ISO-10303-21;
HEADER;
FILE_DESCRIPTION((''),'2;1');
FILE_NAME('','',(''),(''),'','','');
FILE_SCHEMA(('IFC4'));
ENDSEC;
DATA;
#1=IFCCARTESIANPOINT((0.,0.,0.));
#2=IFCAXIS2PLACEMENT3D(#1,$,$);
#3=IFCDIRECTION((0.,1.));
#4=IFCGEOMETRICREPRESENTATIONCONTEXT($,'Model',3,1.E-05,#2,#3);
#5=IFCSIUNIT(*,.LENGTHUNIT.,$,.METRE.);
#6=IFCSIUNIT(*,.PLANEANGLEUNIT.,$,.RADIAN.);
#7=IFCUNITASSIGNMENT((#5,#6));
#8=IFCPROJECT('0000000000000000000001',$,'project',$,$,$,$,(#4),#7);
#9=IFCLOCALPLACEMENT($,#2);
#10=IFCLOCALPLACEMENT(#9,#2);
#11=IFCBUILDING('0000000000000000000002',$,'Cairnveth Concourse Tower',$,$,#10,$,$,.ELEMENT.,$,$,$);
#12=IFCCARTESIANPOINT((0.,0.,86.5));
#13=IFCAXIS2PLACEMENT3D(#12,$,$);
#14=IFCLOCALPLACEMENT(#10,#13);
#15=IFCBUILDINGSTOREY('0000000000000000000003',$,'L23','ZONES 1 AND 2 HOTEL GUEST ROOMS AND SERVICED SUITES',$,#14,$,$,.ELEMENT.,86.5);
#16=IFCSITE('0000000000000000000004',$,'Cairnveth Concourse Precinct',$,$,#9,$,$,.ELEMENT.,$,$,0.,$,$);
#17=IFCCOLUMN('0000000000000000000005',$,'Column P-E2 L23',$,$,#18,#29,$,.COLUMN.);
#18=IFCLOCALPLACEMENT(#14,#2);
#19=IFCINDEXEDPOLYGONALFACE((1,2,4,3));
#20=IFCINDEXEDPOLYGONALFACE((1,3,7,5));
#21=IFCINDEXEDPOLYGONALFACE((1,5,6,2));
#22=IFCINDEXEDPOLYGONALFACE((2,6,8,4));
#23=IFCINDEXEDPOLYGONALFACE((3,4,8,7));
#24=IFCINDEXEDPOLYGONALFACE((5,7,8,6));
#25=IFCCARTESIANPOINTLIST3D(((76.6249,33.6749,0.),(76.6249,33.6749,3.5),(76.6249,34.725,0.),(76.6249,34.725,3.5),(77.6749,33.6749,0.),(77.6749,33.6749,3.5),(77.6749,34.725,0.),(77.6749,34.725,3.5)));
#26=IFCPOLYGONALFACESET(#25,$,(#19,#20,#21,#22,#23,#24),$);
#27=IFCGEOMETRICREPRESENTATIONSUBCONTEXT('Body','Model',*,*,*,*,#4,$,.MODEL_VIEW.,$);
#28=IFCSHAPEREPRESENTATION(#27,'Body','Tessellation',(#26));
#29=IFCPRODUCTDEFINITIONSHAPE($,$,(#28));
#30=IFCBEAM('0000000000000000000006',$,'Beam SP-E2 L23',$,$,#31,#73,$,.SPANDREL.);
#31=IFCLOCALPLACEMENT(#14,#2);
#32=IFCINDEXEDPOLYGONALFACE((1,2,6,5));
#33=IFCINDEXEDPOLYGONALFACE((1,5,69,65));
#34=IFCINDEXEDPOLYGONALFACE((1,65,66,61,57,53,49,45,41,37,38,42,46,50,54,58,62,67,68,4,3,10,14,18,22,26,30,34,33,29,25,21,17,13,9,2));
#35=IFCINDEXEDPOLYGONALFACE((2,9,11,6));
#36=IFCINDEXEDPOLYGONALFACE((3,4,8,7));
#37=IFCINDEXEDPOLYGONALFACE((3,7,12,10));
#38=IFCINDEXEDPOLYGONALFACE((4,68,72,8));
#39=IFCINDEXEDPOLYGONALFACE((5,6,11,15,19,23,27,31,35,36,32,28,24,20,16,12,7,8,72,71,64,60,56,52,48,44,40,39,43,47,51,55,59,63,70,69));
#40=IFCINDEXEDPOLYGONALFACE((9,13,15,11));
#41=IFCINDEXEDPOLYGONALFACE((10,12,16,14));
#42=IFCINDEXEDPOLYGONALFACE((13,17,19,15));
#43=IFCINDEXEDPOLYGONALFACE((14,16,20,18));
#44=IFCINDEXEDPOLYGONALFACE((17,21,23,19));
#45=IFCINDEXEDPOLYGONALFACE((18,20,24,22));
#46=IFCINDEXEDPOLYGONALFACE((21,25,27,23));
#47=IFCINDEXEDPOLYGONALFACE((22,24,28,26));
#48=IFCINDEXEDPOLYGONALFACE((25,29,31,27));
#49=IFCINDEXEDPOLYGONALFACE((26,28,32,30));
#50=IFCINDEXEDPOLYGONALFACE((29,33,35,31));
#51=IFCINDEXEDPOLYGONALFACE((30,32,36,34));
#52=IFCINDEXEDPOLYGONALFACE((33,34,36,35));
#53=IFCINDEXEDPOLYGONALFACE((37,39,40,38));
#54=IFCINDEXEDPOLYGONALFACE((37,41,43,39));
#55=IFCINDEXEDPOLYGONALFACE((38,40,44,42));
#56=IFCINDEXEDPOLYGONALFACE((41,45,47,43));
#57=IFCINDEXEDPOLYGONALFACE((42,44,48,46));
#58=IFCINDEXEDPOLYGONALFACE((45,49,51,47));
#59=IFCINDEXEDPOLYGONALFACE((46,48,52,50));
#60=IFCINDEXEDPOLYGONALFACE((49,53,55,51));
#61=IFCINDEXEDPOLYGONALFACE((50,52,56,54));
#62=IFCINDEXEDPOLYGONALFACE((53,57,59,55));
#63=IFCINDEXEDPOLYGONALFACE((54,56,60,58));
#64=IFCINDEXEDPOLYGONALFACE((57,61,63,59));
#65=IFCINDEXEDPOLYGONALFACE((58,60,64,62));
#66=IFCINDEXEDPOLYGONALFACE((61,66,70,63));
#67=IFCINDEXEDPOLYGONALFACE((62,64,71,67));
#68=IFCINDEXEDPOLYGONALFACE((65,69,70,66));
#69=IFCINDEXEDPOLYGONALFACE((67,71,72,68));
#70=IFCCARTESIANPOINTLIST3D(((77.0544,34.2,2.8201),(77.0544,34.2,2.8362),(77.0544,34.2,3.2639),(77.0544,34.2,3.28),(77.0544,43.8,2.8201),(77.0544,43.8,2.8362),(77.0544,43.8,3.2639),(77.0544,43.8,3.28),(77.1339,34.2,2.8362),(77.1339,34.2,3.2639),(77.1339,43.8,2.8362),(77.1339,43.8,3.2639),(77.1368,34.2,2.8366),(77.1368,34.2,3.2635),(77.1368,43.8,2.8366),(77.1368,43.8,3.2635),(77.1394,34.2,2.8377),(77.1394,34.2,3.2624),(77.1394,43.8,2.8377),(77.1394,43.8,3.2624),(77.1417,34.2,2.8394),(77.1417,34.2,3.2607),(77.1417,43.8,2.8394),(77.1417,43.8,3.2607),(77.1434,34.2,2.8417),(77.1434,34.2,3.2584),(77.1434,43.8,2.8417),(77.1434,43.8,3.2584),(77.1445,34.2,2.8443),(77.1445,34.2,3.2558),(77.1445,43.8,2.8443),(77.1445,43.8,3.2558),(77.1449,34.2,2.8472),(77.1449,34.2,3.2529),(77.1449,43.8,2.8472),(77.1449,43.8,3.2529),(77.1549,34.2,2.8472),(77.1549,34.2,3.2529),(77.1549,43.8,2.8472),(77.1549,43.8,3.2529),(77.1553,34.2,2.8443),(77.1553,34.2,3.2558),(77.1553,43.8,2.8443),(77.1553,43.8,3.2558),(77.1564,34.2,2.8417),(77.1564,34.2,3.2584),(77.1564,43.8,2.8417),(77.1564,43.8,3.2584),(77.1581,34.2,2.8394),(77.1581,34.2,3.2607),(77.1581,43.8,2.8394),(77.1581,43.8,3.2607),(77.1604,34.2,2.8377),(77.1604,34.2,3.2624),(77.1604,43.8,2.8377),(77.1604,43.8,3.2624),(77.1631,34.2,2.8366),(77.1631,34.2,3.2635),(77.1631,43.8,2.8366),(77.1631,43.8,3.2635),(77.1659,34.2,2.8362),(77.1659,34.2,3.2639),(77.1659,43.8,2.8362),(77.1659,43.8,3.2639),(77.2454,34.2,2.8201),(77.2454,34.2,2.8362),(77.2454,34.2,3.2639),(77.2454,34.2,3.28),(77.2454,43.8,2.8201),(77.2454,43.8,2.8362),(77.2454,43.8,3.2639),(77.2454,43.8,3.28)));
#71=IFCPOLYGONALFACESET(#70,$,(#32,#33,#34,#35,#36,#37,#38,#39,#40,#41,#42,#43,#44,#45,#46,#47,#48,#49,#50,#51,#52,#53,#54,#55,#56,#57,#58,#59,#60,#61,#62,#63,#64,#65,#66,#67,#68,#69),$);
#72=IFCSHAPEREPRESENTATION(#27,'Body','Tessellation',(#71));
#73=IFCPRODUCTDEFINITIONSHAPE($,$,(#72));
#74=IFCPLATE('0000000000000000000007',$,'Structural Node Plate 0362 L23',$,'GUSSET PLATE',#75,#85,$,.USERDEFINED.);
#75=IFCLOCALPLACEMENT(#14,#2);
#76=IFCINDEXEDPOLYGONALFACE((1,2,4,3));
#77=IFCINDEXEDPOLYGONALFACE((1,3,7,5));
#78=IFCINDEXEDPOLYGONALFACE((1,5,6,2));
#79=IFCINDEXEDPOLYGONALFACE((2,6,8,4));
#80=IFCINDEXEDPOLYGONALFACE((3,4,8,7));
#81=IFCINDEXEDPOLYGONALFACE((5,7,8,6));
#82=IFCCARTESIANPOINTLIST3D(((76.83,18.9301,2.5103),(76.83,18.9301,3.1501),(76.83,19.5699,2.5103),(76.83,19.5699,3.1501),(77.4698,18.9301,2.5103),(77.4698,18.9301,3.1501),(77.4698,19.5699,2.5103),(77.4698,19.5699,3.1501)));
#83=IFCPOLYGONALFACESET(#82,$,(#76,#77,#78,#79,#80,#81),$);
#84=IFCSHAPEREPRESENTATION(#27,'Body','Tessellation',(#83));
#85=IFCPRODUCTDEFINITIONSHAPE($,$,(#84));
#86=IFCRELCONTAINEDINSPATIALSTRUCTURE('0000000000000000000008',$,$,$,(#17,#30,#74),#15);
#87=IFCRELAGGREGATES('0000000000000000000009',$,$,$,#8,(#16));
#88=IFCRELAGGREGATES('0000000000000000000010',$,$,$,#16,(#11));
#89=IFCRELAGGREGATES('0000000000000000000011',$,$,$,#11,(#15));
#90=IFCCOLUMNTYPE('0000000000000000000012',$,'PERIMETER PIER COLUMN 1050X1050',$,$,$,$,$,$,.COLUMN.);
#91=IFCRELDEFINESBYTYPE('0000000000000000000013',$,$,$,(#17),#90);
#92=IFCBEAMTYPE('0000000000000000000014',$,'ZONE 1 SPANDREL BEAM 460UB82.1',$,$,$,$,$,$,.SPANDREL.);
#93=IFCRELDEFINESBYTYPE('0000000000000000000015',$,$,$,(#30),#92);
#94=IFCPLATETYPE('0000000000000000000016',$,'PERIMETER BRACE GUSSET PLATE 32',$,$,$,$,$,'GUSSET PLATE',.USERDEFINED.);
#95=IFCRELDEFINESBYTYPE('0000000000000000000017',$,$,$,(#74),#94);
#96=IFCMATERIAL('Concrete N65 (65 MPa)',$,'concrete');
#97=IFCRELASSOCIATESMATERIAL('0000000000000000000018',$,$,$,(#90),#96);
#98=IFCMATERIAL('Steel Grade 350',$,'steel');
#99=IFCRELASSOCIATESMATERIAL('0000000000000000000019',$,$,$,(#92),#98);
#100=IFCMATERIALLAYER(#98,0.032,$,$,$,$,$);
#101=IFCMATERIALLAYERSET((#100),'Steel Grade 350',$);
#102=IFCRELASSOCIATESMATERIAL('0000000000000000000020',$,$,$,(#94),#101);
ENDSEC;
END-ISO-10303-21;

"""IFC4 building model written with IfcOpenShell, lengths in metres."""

from ifc_helpers import new_model, si_unit, direction, frame, origin, origin_2d, place, context, subcontext, project, spatial, rectangle, i_section, extrude, material, layer, layer_set, material_profile, profile_set, type_object, element, save


model = new_model("IFC4")

# Units and contexts
model_context = context("Model", 3, precision=1e-05, world=origin(), true_north=direction((0.0, 1.0)))
body_context = subcontext(model_context, "Body", "Model", "MODEL_VIEW")
ifc_project = project(units=[si_unit("LENGTHUNIT", "METRE"), si_unit("PLANEANGLEUNIT", "RADIAN")], contexts=[model_context])

# Site, building, storey
site_placement = place(None, origin())
site = spatial("IfcSite", under=ifc_project, at=site_placement, Name="Cairnveth Concourse Precinct", CompositionType="ELEMENT", RefElevation=0.0)
building_placement = place(site_placement, origin())
building = spatial("IfcBuilding", under=site, at=building_placement, Name="Cairnveth Concourse Tower", CompositionType="ELEMENT")
storey_placement = place(building_placement, frame((0.0, 0.0, 86.5)))
storey = spatial("IfcBuildingStorey", under=building, at=storey_placement, Name="L23", Description="ZONES 1 AND 2 HOTEL GUEST ROOMS AND SERVICED SUITES", CompositionType="ELEMENT", Elevation=86.5)

# Column
ifc_material_1 = material(Name="Concrete N65 (65 MPa)", Category="concrete")
ifc_material_profile_1 = material_profile(ifc_material_1, rectangle(XDim=1.05, YDim=1.05, at=origin_2d()), Name="RC-COL-1050x1050")
ifc_profile_set_1 = profile_set([ifc_material_profile_1], Name="Concrete N65 (65 MPa)")
column_type = type_object("IfcColumnType", Name="PERIMETER PIER COLUMN 1050X1050", PredefinedType="COLUMN", material=ifc_profile_set_1)
column_placement = place(storey_placement, frame((77.1499, 34.2, 0.0), z_axis=(0.0, 0.0, 1.0), x_axis=(0.0, 1.0, 0.0)))
element("IfcColumn", 1, at=column_placement, inside=storey, type_object=column_type, Name="Column P-E2 L23", PredefinedType="COLUMN", context=body_context, shape_type="SweptSolid", body=[
    extrude(rectangle(XDim=1.05, YDim=1.05, at=origin_2d()), origin(), (0.0, 0.0, 1.0), 3.5),
])

# Beam
ifc_material_2 = material(Name="Steel Grade 350", Category="steel")
ifc_material_profile_2 = material_profile(ifc_material_2, i_section(OverallWidth=0.1909, OverallDepth=0.46, WebThickness=0.01, FlangeThickness=0.0161, FilletRadius=0.011, at=origin_2d()), Name="460UB82.1")
ifc_profile_set_2 = profile_set([ifc_material_profile_2], Name="Steel Grade 350")
beam_type = type_object("IfcBeamType", Name="ZONE 1 SPANDREL BEAM 460UB82.1", PredefinedType="SPANDREL", material=ifc_profile_set_2)
beam_placement = place(storey_placement, frame((77.1499, 34.2, 3.05), z_axis=(0.0, 1.0, 0.0), x_axis=(-1.0, 0.0, 0.0)))
element("IfcBeam", 2, at=beam_placement, inside=storey, type_object=beam_type, Name="Beam SP-E2 L23", PredefinedType="SPANDREL", context=body_context, shape_type="SweptSolid", body=[
    extrude(i_section(OverallWidth=0.1909, OverallDepth=0.46, WebThickness=0.01, FlangeThickness=0.0161, FilletRadius=0.011, at=origin_2d()), origin(), (0.0, 0.0, 1.0), 9.6001),
])

# Plate
ifc_layer_1 = layer(ifc_material_2, 0.032)
ifc_layer_set_1 = layer_set([ifc_layer_1], Name="Steel Grade 350")
plate_type = type_object("IfcPlateType", Name="PERIMETER BRACE GUSSET PLATE 32", ElementType="GUSSET PLATE", PredefinedType="USERDEFINED", material=ifc_layer_set_1)
plate_placement = place(storey_placement, frame((77.1499, 19.25, 2.5103), z_axis=(0.0, 0.0, 1.0), x_axis=(1.0, 0.0, 0.0)))
element("IfcPlate", 3, at=plate_placement, inside=storey, type_object=plate_type, Name="Structural Node Plate 0362 L23", ObjectType="GUSSET PLATE", PredefinedType="USERDEFINED", context=body_context, shape_type="SweptSolid", body=[
    extrude(rectangle(XDim=0.6399, YDim=0.6399, at=origin_2d()), origin(), (0.0, 0.0, 1.0), 0.6399),
])

save(model, "model.ifc")
